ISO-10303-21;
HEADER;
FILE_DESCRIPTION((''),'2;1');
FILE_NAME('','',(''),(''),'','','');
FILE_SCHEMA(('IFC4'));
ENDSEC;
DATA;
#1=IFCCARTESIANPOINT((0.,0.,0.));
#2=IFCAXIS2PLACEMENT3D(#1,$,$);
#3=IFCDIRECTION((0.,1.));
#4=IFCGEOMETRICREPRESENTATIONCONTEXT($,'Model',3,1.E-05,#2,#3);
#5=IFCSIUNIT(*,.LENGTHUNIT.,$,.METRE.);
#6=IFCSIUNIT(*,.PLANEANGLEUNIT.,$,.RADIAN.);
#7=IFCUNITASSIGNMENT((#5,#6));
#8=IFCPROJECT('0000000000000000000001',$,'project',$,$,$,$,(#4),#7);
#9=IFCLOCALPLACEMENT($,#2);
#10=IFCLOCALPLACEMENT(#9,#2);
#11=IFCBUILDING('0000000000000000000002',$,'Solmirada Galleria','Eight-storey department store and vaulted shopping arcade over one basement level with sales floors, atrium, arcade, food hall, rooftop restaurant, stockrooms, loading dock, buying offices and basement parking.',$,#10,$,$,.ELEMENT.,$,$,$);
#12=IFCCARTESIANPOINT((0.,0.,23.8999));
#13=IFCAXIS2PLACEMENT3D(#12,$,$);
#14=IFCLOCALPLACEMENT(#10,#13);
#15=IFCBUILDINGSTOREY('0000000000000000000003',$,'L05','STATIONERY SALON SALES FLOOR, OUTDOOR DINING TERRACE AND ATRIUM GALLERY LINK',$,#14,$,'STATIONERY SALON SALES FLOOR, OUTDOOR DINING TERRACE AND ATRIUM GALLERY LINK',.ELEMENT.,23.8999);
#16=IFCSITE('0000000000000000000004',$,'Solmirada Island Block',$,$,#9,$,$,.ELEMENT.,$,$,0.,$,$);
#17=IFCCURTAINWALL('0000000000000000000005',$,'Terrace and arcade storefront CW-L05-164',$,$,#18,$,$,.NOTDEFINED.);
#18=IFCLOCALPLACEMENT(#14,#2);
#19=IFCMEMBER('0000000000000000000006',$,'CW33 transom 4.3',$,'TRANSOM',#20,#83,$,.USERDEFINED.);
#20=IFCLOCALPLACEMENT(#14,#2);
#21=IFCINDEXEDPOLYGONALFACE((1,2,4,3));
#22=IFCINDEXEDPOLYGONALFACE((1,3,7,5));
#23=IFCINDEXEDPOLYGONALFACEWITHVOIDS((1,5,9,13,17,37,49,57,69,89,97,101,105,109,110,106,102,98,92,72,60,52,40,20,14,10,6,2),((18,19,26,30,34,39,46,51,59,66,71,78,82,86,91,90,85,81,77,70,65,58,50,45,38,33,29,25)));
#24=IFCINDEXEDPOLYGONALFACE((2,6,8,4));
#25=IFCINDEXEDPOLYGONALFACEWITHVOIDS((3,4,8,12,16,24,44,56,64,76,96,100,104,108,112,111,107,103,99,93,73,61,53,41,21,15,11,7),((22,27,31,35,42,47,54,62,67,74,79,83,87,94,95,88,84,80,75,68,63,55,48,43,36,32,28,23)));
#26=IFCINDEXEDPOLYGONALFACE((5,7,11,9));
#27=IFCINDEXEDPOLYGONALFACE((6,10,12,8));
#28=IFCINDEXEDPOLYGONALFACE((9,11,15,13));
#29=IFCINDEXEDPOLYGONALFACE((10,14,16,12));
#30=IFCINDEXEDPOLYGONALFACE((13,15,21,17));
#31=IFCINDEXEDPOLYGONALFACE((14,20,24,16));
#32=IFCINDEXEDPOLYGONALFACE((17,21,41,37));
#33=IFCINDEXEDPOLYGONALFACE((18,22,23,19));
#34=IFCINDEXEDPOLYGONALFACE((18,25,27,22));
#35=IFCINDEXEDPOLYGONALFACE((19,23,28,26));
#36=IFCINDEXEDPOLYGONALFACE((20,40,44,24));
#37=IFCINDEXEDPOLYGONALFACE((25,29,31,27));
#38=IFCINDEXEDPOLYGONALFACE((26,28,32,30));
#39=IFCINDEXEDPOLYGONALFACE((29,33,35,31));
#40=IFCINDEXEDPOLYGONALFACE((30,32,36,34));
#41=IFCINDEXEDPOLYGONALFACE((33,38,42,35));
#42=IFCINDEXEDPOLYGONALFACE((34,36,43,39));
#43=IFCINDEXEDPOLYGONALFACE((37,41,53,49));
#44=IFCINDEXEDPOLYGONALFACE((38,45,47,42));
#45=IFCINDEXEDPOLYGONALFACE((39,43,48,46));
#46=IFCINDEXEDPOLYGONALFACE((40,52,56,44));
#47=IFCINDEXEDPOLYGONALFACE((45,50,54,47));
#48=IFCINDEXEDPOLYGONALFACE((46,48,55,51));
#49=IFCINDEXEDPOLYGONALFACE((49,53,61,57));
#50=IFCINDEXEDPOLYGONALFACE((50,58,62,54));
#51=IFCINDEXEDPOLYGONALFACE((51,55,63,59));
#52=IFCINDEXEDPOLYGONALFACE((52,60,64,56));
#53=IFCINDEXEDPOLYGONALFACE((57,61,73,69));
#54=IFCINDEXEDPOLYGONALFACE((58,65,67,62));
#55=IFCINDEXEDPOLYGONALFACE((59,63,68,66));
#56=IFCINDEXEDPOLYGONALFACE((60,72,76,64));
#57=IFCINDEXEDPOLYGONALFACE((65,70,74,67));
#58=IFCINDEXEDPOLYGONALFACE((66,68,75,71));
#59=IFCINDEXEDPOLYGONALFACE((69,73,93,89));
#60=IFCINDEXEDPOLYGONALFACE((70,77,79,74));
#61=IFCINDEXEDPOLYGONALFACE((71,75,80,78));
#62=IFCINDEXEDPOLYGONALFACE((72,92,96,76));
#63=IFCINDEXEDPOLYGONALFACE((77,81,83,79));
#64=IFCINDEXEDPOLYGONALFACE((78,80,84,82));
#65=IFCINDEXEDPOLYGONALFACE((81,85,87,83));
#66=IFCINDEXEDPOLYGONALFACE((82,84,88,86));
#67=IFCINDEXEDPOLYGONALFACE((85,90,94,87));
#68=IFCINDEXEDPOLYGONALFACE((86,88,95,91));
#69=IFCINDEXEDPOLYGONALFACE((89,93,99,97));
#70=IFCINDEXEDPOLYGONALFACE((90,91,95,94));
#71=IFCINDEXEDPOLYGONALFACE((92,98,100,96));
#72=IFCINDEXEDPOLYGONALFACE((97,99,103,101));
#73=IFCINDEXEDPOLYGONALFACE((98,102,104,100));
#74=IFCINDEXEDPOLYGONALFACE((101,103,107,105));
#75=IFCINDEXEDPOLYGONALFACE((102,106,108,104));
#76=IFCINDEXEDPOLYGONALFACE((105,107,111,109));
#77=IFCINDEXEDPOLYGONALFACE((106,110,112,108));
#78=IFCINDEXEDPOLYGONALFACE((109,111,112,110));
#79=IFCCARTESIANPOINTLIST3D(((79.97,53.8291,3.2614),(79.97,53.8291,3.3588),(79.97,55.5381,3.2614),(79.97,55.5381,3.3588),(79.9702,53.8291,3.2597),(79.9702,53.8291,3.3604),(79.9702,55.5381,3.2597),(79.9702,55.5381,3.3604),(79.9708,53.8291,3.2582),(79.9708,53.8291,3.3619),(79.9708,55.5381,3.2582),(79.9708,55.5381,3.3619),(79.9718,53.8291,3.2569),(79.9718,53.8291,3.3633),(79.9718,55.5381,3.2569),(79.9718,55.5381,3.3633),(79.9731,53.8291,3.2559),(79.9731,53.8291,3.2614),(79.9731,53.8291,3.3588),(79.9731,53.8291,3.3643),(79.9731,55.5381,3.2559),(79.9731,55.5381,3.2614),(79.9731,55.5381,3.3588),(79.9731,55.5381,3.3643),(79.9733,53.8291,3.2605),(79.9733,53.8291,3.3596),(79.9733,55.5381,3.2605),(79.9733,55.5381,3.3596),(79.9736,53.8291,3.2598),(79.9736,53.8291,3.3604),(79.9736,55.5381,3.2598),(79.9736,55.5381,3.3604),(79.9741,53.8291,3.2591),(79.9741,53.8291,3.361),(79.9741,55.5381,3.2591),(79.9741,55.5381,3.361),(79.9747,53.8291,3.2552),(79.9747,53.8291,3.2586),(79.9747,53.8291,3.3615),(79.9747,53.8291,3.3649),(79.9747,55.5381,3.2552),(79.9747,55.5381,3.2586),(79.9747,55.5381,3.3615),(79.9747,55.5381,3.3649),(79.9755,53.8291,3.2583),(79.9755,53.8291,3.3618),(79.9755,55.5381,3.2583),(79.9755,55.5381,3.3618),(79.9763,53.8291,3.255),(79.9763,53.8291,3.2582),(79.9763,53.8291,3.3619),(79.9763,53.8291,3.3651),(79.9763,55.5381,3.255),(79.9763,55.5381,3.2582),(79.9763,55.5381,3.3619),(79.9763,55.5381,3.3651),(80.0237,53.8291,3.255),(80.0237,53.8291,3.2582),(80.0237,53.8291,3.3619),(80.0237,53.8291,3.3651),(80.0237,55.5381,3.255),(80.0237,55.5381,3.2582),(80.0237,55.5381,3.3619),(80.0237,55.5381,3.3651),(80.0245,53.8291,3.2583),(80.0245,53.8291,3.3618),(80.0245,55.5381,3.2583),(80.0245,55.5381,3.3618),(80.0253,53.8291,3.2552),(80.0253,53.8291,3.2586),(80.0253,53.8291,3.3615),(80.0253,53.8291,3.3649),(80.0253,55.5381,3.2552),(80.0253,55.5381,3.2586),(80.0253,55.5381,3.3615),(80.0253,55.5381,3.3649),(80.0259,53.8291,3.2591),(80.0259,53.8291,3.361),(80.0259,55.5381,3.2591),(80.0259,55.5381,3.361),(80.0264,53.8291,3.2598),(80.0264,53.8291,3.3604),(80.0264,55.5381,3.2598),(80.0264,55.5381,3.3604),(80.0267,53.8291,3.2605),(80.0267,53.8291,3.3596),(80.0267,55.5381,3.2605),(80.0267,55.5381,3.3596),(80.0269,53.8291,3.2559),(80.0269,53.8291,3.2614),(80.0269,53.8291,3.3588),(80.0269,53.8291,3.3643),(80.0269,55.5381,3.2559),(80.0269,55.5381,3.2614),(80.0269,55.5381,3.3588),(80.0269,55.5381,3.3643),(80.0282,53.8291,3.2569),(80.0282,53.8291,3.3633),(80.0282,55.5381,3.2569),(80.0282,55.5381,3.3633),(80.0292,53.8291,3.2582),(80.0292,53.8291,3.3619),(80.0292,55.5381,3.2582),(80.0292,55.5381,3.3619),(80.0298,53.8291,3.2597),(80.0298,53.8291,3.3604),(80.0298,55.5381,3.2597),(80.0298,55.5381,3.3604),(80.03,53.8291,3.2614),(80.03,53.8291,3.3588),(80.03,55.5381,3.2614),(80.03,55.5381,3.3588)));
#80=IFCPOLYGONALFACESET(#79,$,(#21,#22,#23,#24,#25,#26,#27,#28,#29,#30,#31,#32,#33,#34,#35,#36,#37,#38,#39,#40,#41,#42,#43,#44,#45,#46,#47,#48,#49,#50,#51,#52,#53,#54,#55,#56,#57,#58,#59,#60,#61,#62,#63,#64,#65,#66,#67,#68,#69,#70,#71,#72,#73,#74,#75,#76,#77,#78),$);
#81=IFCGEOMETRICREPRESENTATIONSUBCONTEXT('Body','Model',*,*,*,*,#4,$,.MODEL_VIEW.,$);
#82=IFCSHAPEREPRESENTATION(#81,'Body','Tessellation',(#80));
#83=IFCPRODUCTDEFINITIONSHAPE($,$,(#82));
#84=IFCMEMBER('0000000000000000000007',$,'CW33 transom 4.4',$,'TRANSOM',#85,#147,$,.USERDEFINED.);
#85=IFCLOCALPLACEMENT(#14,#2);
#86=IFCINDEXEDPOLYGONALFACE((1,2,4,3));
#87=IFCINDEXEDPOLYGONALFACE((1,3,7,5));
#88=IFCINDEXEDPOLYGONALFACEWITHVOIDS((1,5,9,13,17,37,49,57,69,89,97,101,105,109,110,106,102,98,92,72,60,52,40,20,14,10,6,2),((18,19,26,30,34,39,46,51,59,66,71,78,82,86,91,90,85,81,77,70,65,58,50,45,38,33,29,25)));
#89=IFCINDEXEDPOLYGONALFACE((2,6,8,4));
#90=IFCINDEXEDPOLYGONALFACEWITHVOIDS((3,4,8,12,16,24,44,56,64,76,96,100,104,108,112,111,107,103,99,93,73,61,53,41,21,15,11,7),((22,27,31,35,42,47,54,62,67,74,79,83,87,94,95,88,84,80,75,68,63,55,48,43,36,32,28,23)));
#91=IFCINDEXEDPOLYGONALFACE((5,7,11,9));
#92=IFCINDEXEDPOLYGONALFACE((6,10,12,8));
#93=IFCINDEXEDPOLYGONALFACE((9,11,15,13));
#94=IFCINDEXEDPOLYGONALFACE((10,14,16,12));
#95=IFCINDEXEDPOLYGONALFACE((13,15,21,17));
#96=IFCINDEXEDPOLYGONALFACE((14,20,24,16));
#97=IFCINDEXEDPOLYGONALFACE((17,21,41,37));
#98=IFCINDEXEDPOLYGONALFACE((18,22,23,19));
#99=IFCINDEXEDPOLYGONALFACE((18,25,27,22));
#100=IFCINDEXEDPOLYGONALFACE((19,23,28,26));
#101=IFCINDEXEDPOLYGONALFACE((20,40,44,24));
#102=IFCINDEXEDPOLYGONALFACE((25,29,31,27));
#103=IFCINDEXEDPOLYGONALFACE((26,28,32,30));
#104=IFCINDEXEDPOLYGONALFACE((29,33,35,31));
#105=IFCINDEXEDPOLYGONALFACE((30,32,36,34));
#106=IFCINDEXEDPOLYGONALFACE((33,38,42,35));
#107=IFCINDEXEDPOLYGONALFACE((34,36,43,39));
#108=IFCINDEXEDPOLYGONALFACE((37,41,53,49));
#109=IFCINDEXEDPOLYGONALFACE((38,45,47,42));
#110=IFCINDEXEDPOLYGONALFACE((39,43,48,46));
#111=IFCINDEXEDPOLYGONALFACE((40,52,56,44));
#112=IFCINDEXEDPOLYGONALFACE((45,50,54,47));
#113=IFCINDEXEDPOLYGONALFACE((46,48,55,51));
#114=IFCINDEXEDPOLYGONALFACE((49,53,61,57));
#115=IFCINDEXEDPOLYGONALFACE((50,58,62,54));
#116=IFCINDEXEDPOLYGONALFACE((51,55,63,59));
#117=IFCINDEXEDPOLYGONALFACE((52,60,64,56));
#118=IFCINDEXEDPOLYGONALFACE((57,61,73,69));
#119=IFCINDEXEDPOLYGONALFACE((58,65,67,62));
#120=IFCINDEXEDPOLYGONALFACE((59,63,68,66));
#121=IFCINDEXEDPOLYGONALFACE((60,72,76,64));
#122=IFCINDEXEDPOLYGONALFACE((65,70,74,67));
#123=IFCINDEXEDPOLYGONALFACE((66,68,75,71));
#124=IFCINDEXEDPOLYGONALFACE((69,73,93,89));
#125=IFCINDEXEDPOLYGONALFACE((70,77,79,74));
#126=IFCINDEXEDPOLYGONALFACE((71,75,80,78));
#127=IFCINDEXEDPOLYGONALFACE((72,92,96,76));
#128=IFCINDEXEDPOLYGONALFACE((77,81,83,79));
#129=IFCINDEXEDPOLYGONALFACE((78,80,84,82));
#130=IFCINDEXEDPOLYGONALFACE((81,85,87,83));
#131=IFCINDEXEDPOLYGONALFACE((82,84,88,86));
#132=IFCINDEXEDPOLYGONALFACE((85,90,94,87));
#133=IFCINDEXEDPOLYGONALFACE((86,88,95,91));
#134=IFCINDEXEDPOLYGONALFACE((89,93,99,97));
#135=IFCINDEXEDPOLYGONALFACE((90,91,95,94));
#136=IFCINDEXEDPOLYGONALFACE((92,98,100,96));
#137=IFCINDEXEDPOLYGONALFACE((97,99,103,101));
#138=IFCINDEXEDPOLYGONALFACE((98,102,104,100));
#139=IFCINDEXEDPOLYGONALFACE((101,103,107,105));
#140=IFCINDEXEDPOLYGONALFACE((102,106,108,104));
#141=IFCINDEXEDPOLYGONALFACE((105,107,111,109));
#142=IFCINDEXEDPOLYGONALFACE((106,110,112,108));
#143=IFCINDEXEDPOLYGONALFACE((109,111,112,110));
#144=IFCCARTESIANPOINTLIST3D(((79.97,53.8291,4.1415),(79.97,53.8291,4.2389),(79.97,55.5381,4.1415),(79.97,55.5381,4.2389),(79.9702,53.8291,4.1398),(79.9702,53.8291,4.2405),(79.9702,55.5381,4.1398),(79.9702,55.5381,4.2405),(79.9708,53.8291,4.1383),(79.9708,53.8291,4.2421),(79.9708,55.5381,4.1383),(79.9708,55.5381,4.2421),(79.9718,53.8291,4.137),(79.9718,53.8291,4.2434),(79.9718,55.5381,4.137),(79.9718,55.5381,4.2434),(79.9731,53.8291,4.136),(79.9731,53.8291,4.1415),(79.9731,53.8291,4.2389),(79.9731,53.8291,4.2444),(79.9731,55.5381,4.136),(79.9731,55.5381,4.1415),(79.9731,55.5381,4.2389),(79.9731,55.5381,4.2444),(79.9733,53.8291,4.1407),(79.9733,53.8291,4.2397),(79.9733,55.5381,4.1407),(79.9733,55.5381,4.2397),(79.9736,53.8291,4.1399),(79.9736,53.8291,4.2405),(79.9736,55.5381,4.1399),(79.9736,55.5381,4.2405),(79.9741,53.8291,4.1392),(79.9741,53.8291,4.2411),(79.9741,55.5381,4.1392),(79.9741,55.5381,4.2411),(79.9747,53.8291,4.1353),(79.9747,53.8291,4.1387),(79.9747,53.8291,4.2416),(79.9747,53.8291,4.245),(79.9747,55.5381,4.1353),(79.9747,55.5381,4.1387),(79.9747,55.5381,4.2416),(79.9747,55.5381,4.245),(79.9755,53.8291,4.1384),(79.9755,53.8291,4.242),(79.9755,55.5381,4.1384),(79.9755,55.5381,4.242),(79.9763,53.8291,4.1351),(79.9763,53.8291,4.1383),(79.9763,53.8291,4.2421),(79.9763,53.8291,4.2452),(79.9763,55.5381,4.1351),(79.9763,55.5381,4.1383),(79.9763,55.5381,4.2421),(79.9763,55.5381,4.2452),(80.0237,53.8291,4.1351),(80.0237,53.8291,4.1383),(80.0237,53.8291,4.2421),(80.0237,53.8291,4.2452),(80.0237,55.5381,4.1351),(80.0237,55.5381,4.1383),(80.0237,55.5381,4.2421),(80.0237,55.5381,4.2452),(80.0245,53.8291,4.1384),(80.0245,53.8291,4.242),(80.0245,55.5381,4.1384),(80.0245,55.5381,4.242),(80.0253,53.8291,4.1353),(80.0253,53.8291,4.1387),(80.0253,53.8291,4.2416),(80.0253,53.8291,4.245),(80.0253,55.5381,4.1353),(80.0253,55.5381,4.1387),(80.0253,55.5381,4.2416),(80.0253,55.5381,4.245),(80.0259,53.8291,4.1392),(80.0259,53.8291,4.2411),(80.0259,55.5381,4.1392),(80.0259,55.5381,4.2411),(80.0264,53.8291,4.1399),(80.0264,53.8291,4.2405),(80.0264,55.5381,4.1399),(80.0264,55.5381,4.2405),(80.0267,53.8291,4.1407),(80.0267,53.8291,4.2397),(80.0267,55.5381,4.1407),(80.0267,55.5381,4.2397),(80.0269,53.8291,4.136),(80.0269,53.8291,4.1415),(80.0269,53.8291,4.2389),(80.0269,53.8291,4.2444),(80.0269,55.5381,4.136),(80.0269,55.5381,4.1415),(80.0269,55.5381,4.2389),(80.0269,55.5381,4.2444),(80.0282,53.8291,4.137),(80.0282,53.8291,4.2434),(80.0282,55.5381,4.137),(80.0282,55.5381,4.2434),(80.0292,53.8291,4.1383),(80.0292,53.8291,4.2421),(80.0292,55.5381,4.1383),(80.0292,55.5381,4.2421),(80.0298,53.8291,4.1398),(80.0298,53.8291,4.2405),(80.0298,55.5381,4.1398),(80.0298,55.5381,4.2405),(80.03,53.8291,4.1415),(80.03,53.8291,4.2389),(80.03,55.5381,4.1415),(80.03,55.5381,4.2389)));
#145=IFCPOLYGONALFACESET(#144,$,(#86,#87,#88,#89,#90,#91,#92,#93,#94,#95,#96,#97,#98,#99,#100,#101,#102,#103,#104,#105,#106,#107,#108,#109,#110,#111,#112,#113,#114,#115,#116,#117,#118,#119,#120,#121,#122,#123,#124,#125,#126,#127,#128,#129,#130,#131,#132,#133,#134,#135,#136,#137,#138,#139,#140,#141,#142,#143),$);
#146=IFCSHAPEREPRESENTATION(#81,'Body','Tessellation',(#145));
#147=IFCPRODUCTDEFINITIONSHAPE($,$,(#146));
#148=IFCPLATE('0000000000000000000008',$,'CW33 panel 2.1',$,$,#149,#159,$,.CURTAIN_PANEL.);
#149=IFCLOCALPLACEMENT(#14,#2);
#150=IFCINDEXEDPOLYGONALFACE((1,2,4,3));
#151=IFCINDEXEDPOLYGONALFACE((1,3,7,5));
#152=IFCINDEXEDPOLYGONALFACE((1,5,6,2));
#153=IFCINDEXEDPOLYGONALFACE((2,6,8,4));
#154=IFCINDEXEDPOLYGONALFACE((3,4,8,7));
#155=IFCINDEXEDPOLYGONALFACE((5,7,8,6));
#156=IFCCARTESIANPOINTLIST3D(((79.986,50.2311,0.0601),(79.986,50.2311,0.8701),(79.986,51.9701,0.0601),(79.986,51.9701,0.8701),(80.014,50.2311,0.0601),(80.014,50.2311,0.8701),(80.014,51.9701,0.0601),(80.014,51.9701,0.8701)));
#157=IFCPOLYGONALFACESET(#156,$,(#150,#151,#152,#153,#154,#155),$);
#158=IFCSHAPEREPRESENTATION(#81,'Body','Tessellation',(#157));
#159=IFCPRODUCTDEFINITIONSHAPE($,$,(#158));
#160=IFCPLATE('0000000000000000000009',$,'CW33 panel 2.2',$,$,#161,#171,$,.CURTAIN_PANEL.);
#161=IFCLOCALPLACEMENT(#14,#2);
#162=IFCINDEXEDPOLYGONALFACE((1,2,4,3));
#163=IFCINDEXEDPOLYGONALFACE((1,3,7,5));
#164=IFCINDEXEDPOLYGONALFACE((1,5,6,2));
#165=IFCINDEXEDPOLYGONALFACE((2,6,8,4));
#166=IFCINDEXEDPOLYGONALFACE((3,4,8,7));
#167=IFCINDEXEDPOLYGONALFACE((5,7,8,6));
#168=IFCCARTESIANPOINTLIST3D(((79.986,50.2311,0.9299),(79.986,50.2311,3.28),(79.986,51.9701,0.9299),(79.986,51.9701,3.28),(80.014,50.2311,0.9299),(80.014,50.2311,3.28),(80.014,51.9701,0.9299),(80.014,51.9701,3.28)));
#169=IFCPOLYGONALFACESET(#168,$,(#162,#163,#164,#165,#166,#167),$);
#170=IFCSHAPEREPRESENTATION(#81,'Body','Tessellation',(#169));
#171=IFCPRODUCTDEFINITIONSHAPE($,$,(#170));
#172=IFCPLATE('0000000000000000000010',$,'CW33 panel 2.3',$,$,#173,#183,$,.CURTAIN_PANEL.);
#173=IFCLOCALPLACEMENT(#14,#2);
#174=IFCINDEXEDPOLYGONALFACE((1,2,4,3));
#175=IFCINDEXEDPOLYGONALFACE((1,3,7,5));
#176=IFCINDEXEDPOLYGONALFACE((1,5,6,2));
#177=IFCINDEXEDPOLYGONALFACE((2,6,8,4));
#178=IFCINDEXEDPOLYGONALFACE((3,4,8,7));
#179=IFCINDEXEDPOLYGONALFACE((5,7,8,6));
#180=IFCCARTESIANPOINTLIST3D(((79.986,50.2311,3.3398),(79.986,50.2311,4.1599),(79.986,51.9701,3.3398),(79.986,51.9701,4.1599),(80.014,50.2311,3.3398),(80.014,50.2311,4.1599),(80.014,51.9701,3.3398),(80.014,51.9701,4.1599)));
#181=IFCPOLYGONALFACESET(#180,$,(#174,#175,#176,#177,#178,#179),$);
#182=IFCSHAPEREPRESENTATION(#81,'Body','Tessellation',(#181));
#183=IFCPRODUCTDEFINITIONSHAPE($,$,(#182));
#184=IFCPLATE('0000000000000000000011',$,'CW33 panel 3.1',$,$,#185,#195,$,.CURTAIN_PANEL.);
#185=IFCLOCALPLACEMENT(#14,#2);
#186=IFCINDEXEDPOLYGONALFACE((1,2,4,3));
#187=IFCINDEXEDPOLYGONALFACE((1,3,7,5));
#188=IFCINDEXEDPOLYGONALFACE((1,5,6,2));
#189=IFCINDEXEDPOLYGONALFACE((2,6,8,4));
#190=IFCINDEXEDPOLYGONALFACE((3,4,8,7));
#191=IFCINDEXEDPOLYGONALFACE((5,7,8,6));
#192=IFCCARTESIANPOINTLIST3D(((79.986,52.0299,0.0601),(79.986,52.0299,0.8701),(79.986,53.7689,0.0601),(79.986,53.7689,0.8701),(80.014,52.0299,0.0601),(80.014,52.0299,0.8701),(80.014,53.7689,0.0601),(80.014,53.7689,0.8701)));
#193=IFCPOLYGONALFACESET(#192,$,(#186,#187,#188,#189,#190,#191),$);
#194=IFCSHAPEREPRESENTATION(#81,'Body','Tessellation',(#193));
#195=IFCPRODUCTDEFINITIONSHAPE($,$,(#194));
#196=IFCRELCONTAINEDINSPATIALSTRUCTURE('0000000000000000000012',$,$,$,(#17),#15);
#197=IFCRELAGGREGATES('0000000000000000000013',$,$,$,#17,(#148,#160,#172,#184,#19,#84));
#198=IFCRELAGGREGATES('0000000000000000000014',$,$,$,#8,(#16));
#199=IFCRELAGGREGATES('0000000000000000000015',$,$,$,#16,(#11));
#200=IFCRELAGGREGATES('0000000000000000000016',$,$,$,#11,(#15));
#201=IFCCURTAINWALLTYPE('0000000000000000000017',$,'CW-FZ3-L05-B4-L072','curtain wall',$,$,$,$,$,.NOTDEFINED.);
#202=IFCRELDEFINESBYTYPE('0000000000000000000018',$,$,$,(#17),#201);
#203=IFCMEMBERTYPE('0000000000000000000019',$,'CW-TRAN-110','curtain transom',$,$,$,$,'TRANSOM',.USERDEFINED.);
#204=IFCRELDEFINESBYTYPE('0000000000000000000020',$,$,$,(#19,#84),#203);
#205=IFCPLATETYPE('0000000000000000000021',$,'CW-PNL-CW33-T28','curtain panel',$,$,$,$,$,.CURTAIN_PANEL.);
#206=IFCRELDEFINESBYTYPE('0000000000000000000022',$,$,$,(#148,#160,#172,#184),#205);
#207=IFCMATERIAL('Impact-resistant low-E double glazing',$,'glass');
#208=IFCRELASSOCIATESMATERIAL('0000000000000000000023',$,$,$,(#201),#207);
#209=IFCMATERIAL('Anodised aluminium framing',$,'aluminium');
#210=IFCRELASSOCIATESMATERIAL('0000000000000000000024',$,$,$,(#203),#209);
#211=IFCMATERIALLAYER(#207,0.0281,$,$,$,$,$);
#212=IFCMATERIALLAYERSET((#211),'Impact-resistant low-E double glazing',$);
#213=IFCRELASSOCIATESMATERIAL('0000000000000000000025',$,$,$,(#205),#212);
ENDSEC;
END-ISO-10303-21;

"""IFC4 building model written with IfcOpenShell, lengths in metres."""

from ifc_helpers import new_model, si_unit, direction, frame, origin, origin_2d, place, context, subcontext, project, spatial, rectangle, hollow_rectangle, extrude, material, layer, layer_set, material_profile, profile_set, type_object, element, aggregate, save


model = new_model("IFC4")

# Units and contexts
model_context = context("Model", 3, precision=1e-05, world=origin(), true_north=direction((0.0, 1.0)))
body_context = subcontext(model_context, "Body", "Model", "MODEL_VIEW")
ifc_project = project(units=[si_unit("LENGTHUNIT", "METRE"), si_unit("PLANEANGLEUNIT", "RADIAN")], contexts=[model_context])

# Site, building, storey
site_placement = place(None, origin())
site = spatial("IfcSite", under=ifc_project, at=site_placement, Name="Solmirada Island Block", CompositionType="ELEMENT", RefElevation=0.0)
building_placement = place(site_placement, origin())
building = spatial("IfcBuilding", under=site, at=building_placement, Name="Solmirada Galleria", Description="Eight-storey department store and vaulted shopping arcade over one basement level with sales floors, atrium, arcade, food hall, rooftop restaurant, stockrooms, loading dock, buying offices and basement parking.", CompositionType="ELEMENT")
storey_placement = place(building_placement, frame((0.0, 0.0, 23.8999)))
storey = spatial("IfcBuildingStorey", under=building, at=storey_placement, Name="L05", Description="STATIONERY SALON SALES FLOOR, OUTDOOR DINING TERRACE AND ATRIUM GALLERY LINK", LongName="STATIONERY SALON SALES FLOOR, OUTDOOR DINING TERRACE AND ATRIUM GALLERY LINK", CompositionType="ELEMENT", Elevation=23.8999)

# Curtain wall, members, plates
ifc_material_1 = material(Name="Impact-resistant low-E double glazing", Category="glass")
curtain_wall_type = type_object("IfcCurtainWallType", Name="CW-FZ3-L05-B4-L072", Description="curtain wall", PredefinedType="NOTDEFINED", material=ifc_material_1)
curtain_wall_placement = place(storey_placement, origin())
curtain_wall = element("IfcCurtainWall", 1, at=curtain_wall_placement, inside=storey, type_object=curtain_wall_type, Name="Terrace and arcade storefront CW-L05-164", PredefinedType="NOTDEFINED")
ifc_material_2 = material(Name="Anodised aluminium framing", Category="aluminium")
ifc_material_profile_1 = material_profile(ifc_material_2, hollow_rectangle(XDim=0.0601, YDim=0.1101, WallThickness=0.0032, InnerFilletRadius=0.0032, OuterFilletRadius=0.0063, at=origin_2d()), Name="ALU-TRAN-110X60")
ifc_profile_set_1 = profile_set([ifc_material_profile_1], Name="Anodised aluminium framing")
member_type_1 = type_object("IfcMemberType", Name="CW-TRAN-110", Description="curtain transom", ElementType="TRANSOM", PredefinedType="USERDEFINED", material=ifc_profile_set_1)
member_1_placement = place(storey_placement, frame((80.0, 53.8291, 3.3101), z_axis=(0.0, 1.0, 0.0), x_axis=(-1.0, 0.0, 0.0)))
member_1 = element("IfcMember", 2, at=member_1_placement, type_object=member_type_1, Name="CW33 transom 4.3", ObjectType="TRANSOM", PredefinedType="USERDEFINED", context=body_context, shape_type="SweptSolid", body=[
    extrude(hollow_rectangle(XDim=0.0601, YDim=0.1101, WallThickness=0.0032, InnerFilletRadius=0.0032, OuterFilletRadius=0.0063, at=origin_2d()), origin(), (0.0, 0.0, 1.0), 1.709),
])
member_2_placement = place(storey_placement, frame((80.0, 53.8291, 4.1902), z_axis=(0.0, 1.0, 0.0), x_axis=(-1.0, 0.0, 0.0)))
member_2 = element("IfcMember", 3, at=member_2_placement, type_object=member_type_1, Name="CW33 transom 4.4", ObjectType="TRANSOM", PredefinedType="USERDEFINED", context=body_context, shape_type="SweptSolid", body=[
    extrude(hollow_rectangle(XDim=0.0601, YDim=0.1101, WallThickness=0.0032, InnerFilletRadius=0.0032, OuterFilletRadius=0.0063, at=origin_2d()), origin(), (0.0, 0.0, 1.0), 1.709),
])
ifc_layer = layer(ifc_material_1, 0.0281)
ifc_layer_set = layer_set([ifc_layer], Name="Impact-resistant low-E double glazing")
plate_type = type_object("IfcPlateType", Name="CW-PNL-CW33-T28", Description="curtain panel", PredefinedType="CURTAIN_PANEL", material=ifc_layer_set)
plate_1_placement = place(storey_placement, frame((80.0, 51.1006, 0.0601), z_axis=(0.0, 0.0, 1.0), x_axis=(0.0, 1.0, 0.0)))
plate_1 = element("IfcPlate", 4, at=plate_1_placement, type_object=plate_type, Name="CW33 panel 2.1", PredefinedType="CURTAIN_PANEL", context=body_context, shape_type="SweptSolid", body=[
    extrude(rectangle(XDim=1.739, YDim=0.0281, at=origin_2d()), origin(), (0.0, 0.0, 1.0), 0.8101),
])
plate_2_placement = place(storey_placement, frame((80.0, 51.1006, 0.9299), z_axis=(0.0, 0.0, 1.0), x_axis=(0.0, 1.0, 0.0)))
plate_2 = element("IfcPlate", 5, at=plate_2_placement, type_object=plate_type, Name="CW33 panel 2.2", PredefinedType="CURTAIN_PANEL", context=body_context, shape_type="SweptSolid", body=[
    extrude(rectangle(XDim=1.739, YDim=0.0281, at=origin_2d()), origin(), (0.0, 0.0, 1.0), 2.3501),
])
plate_3_placement = place(storey_placement, frame((80.0, 51.1006, 3.3398), z_axis=(0.0, 0.0, 1.0), x_axis=(0.0, 1.0, 0.0)))
plate_3 = element("IfcPlate", 6, at=plate_3_placement, type_object=plate_type, Name="CW33 panel 2.3", PredefinedType="CURTAIN_PANEL", context=body_context, shape_type="SweptSolid", body=[
    extrude(rectangle(XDim=1.739, YDim=0.0281, at=origin_2d()), origin(), (0.0, 0.0, 1.0), 0.8201),
])
plate_4_placement = place(storey_placement, frame((80.0, 52.8994, 0.0601), z_axis=(0.0, 0.0, 1.0), x_axis=(0.0, 1.0, 0.0)))
plate_4 = element("IfcPlate", 7, at=plate_4_placement, type_object=plate_type, Name="CW33 panel 3.1", PredefinedType="CURTAIN_PANEL", context=body_context, shape_type="SweptSolid", body=[
    extrude(rectangle(XDim=1.739, YDim=0.0281, at=origin_2d()), origin(), (0.0, 0.0, 1.0), 0.8101),
])
aggregate(curtain_wall, [plate_1, plate_2, plate_3, plate_4, member_1, member_2])

save(model, "model.ifc")
